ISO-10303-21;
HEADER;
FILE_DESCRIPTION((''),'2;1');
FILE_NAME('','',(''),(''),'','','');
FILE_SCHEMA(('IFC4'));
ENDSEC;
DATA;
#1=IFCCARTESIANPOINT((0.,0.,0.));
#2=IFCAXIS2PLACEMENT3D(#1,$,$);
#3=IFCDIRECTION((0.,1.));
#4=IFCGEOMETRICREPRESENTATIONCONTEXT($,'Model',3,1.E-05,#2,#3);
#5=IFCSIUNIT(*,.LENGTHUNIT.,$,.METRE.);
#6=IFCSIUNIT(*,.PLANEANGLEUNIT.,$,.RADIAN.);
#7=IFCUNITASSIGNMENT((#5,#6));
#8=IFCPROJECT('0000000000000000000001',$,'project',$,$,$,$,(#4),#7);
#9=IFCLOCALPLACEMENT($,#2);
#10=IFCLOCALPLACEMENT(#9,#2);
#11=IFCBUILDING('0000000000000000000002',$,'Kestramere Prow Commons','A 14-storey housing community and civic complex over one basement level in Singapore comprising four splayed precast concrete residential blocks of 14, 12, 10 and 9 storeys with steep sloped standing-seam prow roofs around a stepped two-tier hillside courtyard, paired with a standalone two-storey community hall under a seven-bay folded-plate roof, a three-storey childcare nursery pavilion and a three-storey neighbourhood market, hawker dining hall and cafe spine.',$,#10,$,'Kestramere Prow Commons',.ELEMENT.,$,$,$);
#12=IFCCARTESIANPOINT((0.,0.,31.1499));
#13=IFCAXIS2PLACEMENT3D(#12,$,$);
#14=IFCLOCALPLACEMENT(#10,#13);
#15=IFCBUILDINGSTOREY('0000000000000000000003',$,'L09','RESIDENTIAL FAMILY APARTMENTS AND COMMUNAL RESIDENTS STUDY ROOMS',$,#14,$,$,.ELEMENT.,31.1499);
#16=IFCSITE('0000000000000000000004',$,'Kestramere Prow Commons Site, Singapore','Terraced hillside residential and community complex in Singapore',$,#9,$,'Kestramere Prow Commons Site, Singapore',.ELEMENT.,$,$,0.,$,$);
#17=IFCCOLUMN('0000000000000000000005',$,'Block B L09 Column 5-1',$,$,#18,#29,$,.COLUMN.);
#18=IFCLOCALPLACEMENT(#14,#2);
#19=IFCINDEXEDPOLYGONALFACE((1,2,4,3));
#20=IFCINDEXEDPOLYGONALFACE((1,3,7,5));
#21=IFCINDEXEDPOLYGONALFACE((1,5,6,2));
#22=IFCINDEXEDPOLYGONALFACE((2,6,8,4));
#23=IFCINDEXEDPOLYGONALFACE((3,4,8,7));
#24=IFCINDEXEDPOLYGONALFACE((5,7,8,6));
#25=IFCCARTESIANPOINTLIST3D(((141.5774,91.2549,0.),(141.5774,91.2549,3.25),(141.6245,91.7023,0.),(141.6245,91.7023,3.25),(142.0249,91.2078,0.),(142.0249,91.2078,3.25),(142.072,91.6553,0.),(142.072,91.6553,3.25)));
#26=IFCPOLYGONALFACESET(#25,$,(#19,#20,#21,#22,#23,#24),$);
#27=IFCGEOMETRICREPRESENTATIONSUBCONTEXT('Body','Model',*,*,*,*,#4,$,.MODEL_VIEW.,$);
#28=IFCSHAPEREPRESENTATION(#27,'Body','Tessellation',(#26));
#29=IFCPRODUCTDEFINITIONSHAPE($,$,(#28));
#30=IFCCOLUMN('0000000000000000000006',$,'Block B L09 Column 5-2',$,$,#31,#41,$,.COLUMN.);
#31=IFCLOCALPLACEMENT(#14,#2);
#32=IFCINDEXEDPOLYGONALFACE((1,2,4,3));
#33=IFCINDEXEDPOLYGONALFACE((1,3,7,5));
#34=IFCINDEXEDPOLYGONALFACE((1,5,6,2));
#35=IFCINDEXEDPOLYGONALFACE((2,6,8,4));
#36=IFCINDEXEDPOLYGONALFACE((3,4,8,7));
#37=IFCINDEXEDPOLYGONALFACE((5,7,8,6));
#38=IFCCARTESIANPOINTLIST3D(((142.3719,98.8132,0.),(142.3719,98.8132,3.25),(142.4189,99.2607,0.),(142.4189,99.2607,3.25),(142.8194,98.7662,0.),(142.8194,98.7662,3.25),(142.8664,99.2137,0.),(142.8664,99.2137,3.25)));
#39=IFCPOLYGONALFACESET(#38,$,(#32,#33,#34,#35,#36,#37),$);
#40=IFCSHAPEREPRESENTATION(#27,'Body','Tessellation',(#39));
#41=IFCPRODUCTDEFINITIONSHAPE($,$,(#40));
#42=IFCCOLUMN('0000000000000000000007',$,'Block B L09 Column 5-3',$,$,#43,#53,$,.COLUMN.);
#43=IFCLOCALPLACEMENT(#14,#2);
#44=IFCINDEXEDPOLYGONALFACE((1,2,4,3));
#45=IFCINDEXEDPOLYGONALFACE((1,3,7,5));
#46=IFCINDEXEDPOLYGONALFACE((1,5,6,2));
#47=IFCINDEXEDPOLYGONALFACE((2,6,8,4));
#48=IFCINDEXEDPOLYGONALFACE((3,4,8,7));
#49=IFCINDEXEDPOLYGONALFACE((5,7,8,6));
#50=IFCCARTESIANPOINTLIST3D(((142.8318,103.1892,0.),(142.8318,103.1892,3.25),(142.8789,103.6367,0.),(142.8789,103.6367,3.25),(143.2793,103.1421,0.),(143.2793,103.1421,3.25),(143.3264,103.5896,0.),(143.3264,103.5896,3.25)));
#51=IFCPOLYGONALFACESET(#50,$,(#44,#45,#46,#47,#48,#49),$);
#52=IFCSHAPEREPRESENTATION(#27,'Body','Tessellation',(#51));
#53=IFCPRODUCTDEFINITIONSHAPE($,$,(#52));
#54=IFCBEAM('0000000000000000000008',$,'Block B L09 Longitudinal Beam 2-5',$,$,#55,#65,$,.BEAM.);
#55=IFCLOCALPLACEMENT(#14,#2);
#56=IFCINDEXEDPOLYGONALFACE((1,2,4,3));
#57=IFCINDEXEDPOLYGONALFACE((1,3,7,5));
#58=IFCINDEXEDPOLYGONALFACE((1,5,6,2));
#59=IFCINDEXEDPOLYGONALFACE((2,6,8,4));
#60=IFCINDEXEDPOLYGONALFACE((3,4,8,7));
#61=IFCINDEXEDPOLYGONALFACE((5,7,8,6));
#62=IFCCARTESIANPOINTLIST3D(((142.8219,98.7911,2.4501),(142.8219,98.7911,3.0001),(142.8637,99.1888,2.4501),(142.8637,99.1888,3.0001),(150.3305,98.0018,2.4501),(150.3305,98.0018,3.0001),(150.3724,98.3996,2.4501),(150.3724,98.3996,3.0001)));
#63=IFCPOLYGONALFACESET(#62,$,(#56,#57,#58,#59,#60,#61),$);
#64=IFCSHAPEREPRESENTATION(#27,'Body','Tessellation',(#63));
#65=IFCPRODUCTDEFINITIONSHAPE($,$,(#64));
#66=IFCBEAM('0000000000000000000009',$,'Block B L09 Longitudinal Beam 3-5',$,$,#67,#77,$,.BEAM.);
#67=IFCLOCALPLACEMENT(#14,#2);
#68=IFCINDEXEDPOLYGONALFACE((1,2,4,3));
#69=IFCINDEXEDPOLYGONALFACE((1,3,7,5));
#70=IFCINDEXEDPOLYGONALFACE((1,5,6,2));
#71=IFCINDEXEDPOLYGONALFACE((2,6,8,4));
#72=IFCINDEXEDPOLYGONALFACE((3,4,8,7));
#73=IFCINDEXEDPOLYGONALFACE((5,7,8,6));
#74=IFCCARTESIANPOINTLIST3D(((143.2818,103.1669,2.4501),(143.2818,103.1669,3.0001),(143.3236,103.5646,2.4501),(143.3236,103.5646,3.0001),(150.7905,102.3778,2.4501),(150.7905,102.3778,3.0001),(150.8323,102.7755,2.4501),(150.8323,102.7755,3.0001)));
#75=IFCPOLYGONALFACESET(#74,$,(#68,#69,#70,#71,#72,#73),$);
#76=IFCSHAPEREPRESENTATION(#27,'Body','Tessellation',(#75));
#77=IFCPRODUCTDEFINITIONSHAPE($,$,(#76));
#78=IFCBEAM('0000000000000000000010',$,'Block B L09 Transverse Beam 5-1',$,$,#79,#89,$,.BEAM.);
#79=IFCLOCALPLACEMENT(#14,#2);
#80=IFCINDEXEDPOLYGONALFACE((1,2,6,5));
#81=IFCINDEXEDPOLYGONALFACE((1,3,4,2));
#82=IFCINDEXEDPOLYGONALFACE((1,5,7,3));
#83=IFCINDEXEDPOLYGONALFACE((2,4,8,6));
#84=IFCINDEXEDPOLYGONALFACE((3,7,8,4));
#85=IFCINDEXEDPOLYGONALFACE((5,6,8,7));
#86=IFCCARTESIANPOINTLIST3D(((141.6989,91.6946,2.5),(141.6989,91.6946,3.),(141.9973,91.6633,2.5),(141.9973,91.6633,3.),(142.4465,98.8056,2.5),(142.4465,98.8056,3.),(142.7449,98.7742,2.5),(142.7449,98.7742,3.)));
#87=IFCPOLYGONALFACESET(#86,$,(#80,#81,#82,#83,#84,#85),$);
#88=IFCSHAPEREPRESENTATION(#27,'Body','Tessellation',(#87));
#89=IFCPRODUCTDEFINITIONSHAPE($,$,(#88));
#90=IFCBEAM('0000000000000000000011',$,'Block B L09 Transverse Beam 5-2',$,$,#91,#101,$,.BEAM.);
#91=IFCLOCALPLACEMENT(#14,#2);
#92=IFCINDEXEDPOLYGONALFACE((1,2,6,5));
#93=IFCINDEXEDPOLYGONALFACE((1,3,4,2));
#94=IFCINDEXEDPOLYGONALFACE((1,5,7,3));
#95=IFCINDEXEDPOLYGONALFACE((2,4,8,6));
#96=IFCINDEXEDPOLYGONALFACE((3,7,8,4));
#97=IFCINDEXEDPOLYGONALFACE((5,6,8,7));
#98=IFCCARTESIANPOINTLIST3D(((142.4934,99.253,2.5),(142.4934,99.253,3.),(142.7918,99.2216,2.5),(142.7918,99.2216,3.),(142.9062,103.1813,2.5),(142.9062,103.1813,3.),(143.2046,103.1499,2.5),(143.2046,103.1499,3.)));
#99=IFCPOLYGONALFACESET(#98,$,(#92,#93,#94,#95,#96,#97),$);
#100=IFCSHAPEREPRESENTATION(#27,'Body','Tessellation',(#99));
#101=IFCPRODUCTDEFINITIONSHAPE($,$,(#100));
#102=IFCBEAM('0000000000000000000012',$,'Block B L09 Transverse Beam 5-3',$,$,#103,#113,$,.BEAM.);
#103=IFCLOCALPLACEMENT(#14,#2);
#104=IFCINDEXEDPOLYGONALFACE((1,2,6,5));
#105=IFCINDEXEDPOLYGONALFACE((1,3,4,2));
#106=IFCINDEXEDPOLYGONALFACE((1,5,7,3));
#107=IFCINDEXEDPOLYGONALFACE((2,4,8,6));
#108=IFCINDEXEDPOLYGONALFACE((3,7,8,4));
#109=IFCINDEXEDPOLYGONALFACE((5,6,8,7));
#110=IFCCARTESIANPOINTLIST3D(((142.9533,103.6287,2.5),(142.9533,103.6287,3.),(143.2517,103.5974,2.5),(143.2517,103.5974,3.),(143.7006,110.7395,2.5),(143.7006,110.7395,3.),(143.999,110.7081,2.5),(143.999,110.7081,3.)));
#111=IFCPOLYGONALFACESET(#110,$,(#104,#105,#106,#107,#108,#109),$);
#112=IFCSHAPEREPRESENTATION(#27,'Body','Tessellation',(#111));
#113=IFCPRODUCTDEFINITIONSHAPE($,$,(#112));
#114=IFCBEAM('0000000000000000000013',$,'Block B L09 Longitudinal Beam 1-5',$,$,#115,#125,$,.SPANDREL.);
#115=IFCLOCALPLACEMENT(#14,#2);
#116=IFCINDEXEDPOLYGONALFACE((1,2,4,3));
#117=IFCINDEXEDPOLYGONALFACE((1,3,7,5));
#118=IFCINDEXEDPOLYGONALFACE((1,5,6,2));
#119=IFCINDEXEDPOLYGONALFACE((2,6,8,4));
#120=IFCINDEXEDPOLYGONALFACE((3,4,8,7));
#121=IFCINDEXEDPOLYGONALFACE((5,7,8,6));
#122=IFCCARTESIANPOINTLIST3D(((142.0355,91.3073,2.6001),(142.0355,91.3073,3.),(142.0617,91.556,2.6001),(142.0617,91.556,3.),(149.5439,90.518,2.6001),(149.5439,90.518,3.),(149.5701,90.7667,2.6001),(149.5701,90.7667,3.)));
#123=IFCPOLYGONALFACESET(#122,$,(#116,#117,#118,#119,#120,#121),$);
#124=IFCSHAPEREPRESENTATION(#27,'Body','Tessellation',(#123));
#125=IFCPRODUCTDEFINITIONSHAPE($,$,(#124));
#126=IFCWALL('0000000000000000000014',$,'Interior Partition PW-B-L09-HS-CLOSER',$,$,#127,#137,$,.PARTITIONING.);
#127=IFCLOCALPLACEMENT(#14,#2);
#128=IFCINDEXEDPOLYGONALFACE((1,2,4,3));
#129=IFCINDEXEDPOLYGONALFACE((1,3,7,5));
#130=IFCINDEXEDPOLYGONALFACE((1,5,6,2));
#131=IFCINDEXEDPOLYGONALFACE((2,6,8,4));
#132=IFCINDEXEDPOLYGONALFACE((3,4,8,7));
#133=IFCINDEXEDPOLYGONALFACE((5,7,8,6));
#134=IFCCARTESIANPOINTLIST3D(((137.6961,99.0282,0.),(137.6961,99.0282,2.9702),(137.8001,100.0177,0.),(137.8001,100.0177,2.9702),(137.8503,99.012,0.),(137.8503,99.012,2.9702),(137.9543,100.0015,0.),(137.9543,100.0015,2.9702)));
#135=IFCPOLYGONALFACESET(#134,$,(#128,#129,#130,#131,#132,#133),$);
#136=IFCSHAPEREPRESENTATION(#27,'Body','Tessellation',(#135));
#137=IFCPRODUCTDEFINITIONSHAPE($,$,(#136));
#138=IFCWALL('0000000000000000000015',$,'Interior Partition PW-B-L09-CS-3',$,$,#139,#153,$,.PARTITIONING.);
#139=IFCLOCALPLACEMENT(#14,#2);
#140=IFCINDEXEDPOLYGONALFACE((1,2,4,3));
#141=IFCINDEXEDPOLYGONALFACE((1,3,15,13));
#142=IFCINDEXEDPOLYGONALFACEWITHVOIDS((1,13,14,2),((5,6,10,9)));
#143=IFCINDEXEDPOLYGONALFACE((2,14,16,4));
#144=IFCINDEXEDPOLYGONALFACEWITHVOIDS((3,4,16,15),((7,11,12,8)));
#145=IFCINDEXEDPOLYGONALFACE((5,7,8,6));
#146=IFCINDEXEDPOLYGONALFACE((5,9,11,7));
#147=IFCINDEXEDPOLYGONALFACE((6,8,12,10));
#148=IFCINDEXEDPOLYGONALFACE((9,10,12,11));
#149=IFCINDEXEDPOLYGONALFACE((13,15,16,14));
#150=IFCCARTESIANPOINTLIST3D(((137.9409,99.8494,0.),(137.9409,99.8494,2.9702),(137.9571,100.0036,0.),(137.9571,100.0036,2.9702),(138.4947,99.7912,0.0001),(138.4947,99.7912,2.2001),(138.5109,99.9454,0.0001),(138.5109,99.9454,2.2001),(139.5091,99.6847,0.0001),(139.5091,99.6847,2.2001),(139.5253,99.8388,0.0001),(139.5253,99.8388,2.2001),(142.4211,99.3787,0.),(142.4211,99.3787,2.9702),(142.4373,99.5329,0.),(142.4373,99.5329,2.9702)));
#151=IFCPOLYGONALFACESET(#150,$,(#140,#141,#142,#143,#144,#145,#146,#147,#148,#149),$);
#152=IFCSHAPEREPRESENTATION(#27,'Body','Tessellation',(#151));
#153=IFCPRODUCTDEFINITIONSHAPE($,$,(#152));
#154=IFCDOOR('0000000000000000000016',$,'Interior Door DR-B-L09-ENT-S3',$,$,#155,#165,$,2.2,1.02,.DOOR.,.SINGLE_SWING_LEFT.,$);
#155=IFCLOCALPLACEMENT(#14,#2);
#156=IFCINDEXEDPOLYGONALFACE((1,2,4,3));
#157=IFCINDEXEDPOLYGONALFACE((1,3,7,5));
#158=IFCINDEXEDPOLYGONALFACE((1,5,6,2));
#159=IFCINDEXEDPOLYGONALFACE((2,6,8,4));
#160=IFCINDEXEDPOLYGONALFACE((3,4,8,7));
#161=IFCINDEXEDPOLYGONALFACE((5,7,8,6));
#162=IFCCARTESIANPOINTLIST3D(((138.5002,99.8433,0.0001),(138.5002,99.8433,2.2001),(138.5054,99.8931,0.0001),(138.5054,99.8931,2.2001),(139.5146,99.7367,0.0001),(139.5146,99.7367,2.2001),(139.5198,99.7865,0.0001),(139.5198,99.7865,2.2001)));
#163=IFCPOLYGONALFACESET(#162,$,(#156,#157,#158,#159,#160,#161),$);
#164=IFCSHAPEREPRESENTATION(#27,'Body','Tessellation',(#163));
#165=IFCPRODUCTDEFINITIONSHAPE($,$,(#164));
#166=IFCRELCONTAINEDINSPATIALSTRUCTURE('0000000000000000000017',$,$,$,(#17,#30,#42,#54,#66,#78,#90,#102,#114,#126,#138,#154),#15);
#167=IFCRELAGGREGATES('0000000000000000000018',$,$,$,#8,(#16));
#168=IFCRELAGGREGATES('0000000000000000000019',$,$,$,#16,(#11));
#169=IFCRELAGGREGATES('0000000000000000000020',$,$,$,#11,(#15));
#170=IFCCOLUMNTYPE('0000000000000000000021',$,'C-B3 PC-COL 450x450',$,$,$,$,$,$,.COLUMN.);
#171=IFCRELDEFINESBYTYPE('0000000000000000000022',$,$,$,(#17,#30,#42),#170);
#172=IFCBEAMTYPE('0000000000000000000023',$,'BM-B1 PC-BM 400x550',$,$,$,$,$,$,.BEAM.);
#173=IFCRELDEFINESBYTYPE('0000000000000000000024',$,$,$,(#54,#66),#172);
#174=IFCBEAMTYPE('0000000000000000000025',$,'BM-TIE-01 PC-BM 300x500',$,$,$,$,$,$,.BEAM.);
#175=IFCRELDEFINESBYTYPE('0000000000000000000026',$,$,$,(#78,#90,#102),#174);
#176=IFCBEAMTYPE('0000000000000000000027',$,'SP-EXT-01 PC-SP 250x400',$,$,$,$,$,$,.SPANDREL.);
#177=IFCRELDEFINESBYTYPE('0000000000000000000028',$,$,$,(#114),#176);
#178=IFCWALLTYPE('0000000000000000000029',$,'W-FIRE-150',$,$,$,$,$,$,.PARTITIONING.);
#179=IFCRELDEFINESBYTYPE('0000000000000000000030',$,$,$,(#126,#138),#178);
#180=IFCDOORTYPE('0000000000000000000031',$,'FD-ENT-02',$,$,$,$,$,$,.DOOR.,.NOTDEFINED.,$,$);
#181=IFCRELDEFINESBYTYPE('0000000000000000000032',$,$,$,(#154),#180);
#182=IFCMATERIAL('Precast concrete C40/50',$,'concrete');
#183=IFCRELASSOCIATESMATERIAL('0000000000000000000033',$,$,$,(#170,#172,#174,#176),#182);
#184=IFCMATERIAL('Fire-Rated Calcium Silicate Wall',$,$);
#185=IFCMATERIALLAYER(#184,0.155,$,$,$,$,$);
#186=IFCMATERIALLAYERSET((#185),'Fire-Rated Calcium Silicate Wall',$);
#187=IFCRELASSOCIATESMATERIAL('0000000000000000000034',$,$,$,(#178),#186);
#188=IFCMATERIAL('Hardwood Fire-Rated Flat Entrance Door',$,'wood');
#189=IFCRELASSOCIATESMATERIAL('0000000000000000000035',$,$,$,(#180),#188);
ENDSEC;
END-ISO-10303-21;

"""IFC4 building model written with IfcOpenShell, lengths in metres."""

from ifc_helpers import new_model, si_unit, direction, frame, frame_2d, origin, origin_2d, place, context, subcontext, project, spatial, rectangle, extrude, material, layer, layer_set, material_profile, profile_set, type_object, element, fill, save


model = new_model("IFC4")

# Units and contexts
model_context = context("Model", 3, precision=1e-05, world=origin(), true_north=direction((0.0, 1.0)))
body_context = subcontext(model_context, "Body", "Model", "MODEL_VIEW")
ifc_project = project(units=[si_unit("LENGTHUNIT", "METRE"), si_unit("PLANEANGLEUNIT", "RADIAN")], contexts=[model_context])

# Site, building, storey
site_placement = place(None, origin())
site = spatial("IfcSite", under=ifc_project, at=site_placement, Name="Kestramere Prow Commons Site, Singapore", Description="Terraced hillside residential and community complex in Singapore", LongName="Kestramere Prow Commons Site, Singapore", CompositionType="ELEMENT", RefElevation=0.0)
building_placement = place(site_placement, origin())
building = spatial("IfcBuilding", under=site, at=building_placement, Name="Kestramere Prow Commons", Description="A 14-storey housing community and civic complex over one basement level in Singapore comprising four splayed precast concrete residential blocks of 14, 12, 10 and 9 storeys with steep sloped standing-seam prow roofs around a stepped two-tier hillside courtyard, paired with a standalone two-storey community hall under a seven-bay folded-plate roof, a three-storey childcare nursery pavilion and a three-storey neighbourhood market, hawker dining hall and cafe spine.", LongName="Kestramere Prow Commons", CompositionType="ELEMENT")
storey_placement = place(building_placement, frame((0.0, 0.0, 31.1499)))
storey = spatial("IfcBuildingStorey", under=building, at=storey_placement, Name="L09", Description="RESIDENTIAL FAMILY APARTMENTS AND COMMUNAL RESIDENTS STUDY ROOMS", CompositionType="ELEMENT", Elevation=31.1499)

# Columns
ifc_material_1 = material(Name="Precast concrete C40/50", Category="concrete")
ifc_material_profile_1 = material_profile(ifc_material_1, rectangle(XDim=0.45, YDim=0.45, at=origin_2d()), Name="PC-COL 450x450")
ifc_profile_set_1 = profile_set([ifc_material_profile_1], Name="Precast concrete C40/50")
column_type = type_object("IfcColumnType", Name="C-B3 PC-COL 450x450", PredefinedType="COLUMN", material=ifc_profile_set_1)
for number, where, z_axis, x_axis, name in (
    (1, (141.8247, 91.4551, 0.0), (0.0, 0.0, 1.0), (0.994522, -0.104528, 0.0), "Block B L09 Column 5-1"),
    (2, (142.6191, 99.0134, 0.0), (0.0, 0.0, 1.0), (0.994522, -0.104528, 0.0), "Block B L09 Column 5-2"),
    (3, (143.0791, 103.3894, 0.0), (0.0, 0.0, 1.0), (0.994522, -0.104528, 0.0), "Block B L09 Column 5-3"),
):
    element("IfcColumn", number, at=place(storey_placement, frame(where, z_axis=z_axis, x_axis=x_axis)), inside=storey, type_object=column_type, Name=name, PredefinedType="COLUMN", context=body_context, shape_type="SweptSolid", body=[
        extrude(rectangle(XDim=0.45, YDim=0.45, at=origin_2d()), origin(), (0.0, 0.0, 1.0), 3.25),
    ])

# Beams
ifc_material_profile_2 = material_profile(ifc_material_1, rectangle(XDim=0.3999, YDim=0.55, at=origin_2d()), Name="PC-BM 400x550")
ifc_profile_set_2 = profile_set([ifc_material_profile_2], Name="Precast concrete C40/50")
beam_type_1 = type_object("IfcBeamType", Name="BM-B1 PC-BM 400x550", PredefinedType="BEAM", material=ifc_profile_set_2)
for number, where, z_axis, x_axis, name in (
    (4, (142.8428, 98.99, 2.7251), (0.994521, -0.104542, 0.0), (0.104542, 0.994521, 0.0), "Block B L09 Longitudinal Beam 2-5"),
    (5, (143.3027, 103.3657, 2.7251), (0.994524, -0.10451, 0.0), (0.10451, 0.994524, 0.0), "Block B L09 Longitudinal Beam 3-5"),
):
    element("IfcBeam", number, at=place(storey_placement, frame(where, z_axis=z_axis, x_axis=x_axis)), inside=storey, type_object=beam_type_1, Name=name, PredefinedType="BEAM", context=body_context, shape_type="SweptSolid", body=[
        extrude(rectangle(XDim=0.3999, YDim=0.55, at=origin_2d()), origin(), (0.0, 0.0, 1.0), 7.55),
    ])
ifc_material_profile_3 = material_profile(ifc_material_1, rectangle(XDim=0.3, YDim=0.5, at=origin_2d()), Name="PC-BM 300x500")
ifc_profile_set_3 = profile_set([ifc_material_profile_3], Name="Precast concrete C40/50")
beam_type_2 = type_object("IfcBeamType", Name="BM-TIE-01 PC-BM 300x500", PredefinedType="BEAM", material=ifc_profile_set_3)
beam_1_placement = place(storey_placement, frame((141.8481, 91.679, 2.75), z_axis=(0.104553, 0.994519, 0.0), x_axis=(-0.994519, 0.104553, 0.0)))
element("IfcBeam", 6, at=beam_1_placement, inside=storey, type_object=beam_type_2, Name="Block B L09 Transverse Beam 5-1", PredefinedType="BEAM", context=body_context, shape_type="SweptSolid", body=[
    extrude(rectangle(XDim=0.3, YDim=0.5, at=origin_2d()), origin(), (0.0, 0.0, 1.0), 7.1501),
])
beam_2_placement = place(storey_placement, frame((142.6426, 99.2373, 2.75), z_axis=(0.104521, 0.994523, 0.0), x_axis=(-0.994523, 0.104521, 0.0)))
element("IfcBeam", 7, at=beam_2_placement, inside=storey, type_object=beam_type_2, Name="Block B L09 Transverse Beam 5-2", PredefinedType="BEAM", context=body_context, shape_type="SweptSolid", body=[
    extrude(rectangle(XDim=0.3, YDim=0.5, at=origin_2d()), origin(), (0.0, 0.0, 1.0), 3.95),
])
beam_3_placement = place(storey_placement, frame((143.1025, 103.613, 2.75), z_axis=(0.104519, 0.994523, 0.0), x_axis=(-0.994523, 0.104519, 0.0)))
element("IfcBeam", 8, at=beam_3_placement, inside=storey, type_object=beam_type_2, Name="Block B L09 Transverse Beam 5-3", PredefinedType="BEAM", context=body_context, shape_type="SweptSolid", body=[
    extrude(rectangle(XDim=0.3, YDim=0.5, at=origin_2d()), origin(), (0.0, 0.0, 1.0), 7.1499),
])
ifc_material_profile_4 = material_profile(ifc_material_1, rectangle(XDim=0.25, YDim=0.3999, at=origin_2d()), Name="PC-SP 250x400")
ifc_profile_set_4 = profile_set([ifc_material_profile_4], Name="Precast concrete C40/50")
beam_type_3 = type_object("IfcBeamType", Name="SP-EXT-01 PC-SP 250x400", PredefinedType="SPANDREL", material=ifc_profile_set_4)
beam_4_placement = place(storey_placement, frame((142.0486, 91.4316, 2.8), z_axis=(0.99452, -0.104545, 0.0), x_axis=(0.104545, 0.99452, 0.0)))
element("IfcBeam", 9, at=beam_4_placement, inside=storey, type_object=beam_type_3, Name="Block B L09 Longitudinal Beam 1-5", PredefinedType="SPANDREL", context=body_context, shape_type="SweptSolid", body=[
    extrude(rectangle(XDim=0.25, YDim=0.3999, at=origin_2d()), origin(), (0.0, 0.0, 1.0), 7.5498),
])

# Wall
ifc_material_2 = material(Name="Fire-Rated Calcium Silicate Wall")
ifc_layer_1 = layer(ifc_material_2, 0.155)
ifc_layer_set_1 = layer_set([ifc_layer_1], Name="Fire-Rated Calcium Silicate Wall")
wall_type_1 = type_object("IfcWallType", Name="W-FIRE-150", PredefinedType="PARTITIONING", material=ifc_layer_set_1)
wall_1_placement = place(storey_placement, frame((137.7732, 99.02, 0.0), z_axis=(0.0, 0.0, 1.0), x_axis=(0.104532, 0.994522, 0.0)))
element("IfcWall", 10, at=wall_1_placement, inside=storey, type_object=wall_type_1, Name="Interior Partition PW-B-L09-HS-CLOSER", PredefinedType="PARTITIONING", context=body_context, shape_type="SweptSolid", body=[
    extrude(rectangle(XDim=0.9949, YDim=0.155, at=frame_2d((0.4976, 0.0))), origin(), (0.0, 0.0, 1.0), 2.9702),
])

# Wall, opening, door
wall_2_placement = place(storey_placement, frame((137.949, 99.9265, 0.0), z_axis=(0.0, 0.0, 1.0), x_axis=(0.994526, -0.104487, 0.0)))
wall_2 = element("IfcWall", 11, at=wall_2_placement, inside=storey, type_object=wall_type_1, Name="Interior Partition PW-B-L09-CS-3", PredefinedType="PARTITIONING", context=body_context, shape_type="SweptSolid", body=[
    extrude(rectangle(XDim=4.5049, YDim=0.155, at=frame_2d((2.2524, 0.0))), origin(), (0.0, 0.0, 1.0), 2.9702),
])
opening_1_placement = place(wall_2_placement, frame((0.5569, 0.0, 0.0)))
opening_1 = element("IfcOpeningElement", 12, at=opening_1_placement, cuts=wall_2, PredefinedType="OPENING", context=body_context, shape_type="SweptSolid", body=[
    extrude(rectangle(XDim=1.02, YDim=2.2, at=frame_2d((0.51, 1.1001))), frame((0.0, 0.0925, 0.0), z_axis=(0.0, -1.0, 0.0), x_axis=(1.0, 0.0, 0.0)), (0.0, 0.0, 1.0), 0.1851),
])
ifc_material_3 = material(Name="Hardwood Fire-Rated Flat Entrance Door", Category="wood")
door_type_1 = type_object("IfcDoorType", Name="FD-ENT-02", OperationType="NOTDEFINED", PredefinedType="DOOR", material=ifc_material_3)
door_1_placement = place(opening_1_placement, origin())
door_1 = element("IfcDoor", 13, at=door_1_placement, inside=storey, type_object=door_type_1, Name="Interior Door DR-B-L09-ENT-S3", OperationType="SINGLE_SWING_LEFT", OverallHeight=2.2, OverallWidth=1.02, PredefinedType="DOOR", context=body_context, shape_type="SweptSolid", body=[
    extrude(rectangle(XDim=1.02, YDim=2.2, at=frame_2d((0.51, 1.1001))), frame((0.0, 0.0249, 0.0), z_axis=(0.0, -1.0, 0.0), x_axis=(1.0, 0.0, 0.0)), (0.0, 0.0, 1.0), 0.05),
])
fill(opening_1, door_1)

save(model, "model.ifc")
